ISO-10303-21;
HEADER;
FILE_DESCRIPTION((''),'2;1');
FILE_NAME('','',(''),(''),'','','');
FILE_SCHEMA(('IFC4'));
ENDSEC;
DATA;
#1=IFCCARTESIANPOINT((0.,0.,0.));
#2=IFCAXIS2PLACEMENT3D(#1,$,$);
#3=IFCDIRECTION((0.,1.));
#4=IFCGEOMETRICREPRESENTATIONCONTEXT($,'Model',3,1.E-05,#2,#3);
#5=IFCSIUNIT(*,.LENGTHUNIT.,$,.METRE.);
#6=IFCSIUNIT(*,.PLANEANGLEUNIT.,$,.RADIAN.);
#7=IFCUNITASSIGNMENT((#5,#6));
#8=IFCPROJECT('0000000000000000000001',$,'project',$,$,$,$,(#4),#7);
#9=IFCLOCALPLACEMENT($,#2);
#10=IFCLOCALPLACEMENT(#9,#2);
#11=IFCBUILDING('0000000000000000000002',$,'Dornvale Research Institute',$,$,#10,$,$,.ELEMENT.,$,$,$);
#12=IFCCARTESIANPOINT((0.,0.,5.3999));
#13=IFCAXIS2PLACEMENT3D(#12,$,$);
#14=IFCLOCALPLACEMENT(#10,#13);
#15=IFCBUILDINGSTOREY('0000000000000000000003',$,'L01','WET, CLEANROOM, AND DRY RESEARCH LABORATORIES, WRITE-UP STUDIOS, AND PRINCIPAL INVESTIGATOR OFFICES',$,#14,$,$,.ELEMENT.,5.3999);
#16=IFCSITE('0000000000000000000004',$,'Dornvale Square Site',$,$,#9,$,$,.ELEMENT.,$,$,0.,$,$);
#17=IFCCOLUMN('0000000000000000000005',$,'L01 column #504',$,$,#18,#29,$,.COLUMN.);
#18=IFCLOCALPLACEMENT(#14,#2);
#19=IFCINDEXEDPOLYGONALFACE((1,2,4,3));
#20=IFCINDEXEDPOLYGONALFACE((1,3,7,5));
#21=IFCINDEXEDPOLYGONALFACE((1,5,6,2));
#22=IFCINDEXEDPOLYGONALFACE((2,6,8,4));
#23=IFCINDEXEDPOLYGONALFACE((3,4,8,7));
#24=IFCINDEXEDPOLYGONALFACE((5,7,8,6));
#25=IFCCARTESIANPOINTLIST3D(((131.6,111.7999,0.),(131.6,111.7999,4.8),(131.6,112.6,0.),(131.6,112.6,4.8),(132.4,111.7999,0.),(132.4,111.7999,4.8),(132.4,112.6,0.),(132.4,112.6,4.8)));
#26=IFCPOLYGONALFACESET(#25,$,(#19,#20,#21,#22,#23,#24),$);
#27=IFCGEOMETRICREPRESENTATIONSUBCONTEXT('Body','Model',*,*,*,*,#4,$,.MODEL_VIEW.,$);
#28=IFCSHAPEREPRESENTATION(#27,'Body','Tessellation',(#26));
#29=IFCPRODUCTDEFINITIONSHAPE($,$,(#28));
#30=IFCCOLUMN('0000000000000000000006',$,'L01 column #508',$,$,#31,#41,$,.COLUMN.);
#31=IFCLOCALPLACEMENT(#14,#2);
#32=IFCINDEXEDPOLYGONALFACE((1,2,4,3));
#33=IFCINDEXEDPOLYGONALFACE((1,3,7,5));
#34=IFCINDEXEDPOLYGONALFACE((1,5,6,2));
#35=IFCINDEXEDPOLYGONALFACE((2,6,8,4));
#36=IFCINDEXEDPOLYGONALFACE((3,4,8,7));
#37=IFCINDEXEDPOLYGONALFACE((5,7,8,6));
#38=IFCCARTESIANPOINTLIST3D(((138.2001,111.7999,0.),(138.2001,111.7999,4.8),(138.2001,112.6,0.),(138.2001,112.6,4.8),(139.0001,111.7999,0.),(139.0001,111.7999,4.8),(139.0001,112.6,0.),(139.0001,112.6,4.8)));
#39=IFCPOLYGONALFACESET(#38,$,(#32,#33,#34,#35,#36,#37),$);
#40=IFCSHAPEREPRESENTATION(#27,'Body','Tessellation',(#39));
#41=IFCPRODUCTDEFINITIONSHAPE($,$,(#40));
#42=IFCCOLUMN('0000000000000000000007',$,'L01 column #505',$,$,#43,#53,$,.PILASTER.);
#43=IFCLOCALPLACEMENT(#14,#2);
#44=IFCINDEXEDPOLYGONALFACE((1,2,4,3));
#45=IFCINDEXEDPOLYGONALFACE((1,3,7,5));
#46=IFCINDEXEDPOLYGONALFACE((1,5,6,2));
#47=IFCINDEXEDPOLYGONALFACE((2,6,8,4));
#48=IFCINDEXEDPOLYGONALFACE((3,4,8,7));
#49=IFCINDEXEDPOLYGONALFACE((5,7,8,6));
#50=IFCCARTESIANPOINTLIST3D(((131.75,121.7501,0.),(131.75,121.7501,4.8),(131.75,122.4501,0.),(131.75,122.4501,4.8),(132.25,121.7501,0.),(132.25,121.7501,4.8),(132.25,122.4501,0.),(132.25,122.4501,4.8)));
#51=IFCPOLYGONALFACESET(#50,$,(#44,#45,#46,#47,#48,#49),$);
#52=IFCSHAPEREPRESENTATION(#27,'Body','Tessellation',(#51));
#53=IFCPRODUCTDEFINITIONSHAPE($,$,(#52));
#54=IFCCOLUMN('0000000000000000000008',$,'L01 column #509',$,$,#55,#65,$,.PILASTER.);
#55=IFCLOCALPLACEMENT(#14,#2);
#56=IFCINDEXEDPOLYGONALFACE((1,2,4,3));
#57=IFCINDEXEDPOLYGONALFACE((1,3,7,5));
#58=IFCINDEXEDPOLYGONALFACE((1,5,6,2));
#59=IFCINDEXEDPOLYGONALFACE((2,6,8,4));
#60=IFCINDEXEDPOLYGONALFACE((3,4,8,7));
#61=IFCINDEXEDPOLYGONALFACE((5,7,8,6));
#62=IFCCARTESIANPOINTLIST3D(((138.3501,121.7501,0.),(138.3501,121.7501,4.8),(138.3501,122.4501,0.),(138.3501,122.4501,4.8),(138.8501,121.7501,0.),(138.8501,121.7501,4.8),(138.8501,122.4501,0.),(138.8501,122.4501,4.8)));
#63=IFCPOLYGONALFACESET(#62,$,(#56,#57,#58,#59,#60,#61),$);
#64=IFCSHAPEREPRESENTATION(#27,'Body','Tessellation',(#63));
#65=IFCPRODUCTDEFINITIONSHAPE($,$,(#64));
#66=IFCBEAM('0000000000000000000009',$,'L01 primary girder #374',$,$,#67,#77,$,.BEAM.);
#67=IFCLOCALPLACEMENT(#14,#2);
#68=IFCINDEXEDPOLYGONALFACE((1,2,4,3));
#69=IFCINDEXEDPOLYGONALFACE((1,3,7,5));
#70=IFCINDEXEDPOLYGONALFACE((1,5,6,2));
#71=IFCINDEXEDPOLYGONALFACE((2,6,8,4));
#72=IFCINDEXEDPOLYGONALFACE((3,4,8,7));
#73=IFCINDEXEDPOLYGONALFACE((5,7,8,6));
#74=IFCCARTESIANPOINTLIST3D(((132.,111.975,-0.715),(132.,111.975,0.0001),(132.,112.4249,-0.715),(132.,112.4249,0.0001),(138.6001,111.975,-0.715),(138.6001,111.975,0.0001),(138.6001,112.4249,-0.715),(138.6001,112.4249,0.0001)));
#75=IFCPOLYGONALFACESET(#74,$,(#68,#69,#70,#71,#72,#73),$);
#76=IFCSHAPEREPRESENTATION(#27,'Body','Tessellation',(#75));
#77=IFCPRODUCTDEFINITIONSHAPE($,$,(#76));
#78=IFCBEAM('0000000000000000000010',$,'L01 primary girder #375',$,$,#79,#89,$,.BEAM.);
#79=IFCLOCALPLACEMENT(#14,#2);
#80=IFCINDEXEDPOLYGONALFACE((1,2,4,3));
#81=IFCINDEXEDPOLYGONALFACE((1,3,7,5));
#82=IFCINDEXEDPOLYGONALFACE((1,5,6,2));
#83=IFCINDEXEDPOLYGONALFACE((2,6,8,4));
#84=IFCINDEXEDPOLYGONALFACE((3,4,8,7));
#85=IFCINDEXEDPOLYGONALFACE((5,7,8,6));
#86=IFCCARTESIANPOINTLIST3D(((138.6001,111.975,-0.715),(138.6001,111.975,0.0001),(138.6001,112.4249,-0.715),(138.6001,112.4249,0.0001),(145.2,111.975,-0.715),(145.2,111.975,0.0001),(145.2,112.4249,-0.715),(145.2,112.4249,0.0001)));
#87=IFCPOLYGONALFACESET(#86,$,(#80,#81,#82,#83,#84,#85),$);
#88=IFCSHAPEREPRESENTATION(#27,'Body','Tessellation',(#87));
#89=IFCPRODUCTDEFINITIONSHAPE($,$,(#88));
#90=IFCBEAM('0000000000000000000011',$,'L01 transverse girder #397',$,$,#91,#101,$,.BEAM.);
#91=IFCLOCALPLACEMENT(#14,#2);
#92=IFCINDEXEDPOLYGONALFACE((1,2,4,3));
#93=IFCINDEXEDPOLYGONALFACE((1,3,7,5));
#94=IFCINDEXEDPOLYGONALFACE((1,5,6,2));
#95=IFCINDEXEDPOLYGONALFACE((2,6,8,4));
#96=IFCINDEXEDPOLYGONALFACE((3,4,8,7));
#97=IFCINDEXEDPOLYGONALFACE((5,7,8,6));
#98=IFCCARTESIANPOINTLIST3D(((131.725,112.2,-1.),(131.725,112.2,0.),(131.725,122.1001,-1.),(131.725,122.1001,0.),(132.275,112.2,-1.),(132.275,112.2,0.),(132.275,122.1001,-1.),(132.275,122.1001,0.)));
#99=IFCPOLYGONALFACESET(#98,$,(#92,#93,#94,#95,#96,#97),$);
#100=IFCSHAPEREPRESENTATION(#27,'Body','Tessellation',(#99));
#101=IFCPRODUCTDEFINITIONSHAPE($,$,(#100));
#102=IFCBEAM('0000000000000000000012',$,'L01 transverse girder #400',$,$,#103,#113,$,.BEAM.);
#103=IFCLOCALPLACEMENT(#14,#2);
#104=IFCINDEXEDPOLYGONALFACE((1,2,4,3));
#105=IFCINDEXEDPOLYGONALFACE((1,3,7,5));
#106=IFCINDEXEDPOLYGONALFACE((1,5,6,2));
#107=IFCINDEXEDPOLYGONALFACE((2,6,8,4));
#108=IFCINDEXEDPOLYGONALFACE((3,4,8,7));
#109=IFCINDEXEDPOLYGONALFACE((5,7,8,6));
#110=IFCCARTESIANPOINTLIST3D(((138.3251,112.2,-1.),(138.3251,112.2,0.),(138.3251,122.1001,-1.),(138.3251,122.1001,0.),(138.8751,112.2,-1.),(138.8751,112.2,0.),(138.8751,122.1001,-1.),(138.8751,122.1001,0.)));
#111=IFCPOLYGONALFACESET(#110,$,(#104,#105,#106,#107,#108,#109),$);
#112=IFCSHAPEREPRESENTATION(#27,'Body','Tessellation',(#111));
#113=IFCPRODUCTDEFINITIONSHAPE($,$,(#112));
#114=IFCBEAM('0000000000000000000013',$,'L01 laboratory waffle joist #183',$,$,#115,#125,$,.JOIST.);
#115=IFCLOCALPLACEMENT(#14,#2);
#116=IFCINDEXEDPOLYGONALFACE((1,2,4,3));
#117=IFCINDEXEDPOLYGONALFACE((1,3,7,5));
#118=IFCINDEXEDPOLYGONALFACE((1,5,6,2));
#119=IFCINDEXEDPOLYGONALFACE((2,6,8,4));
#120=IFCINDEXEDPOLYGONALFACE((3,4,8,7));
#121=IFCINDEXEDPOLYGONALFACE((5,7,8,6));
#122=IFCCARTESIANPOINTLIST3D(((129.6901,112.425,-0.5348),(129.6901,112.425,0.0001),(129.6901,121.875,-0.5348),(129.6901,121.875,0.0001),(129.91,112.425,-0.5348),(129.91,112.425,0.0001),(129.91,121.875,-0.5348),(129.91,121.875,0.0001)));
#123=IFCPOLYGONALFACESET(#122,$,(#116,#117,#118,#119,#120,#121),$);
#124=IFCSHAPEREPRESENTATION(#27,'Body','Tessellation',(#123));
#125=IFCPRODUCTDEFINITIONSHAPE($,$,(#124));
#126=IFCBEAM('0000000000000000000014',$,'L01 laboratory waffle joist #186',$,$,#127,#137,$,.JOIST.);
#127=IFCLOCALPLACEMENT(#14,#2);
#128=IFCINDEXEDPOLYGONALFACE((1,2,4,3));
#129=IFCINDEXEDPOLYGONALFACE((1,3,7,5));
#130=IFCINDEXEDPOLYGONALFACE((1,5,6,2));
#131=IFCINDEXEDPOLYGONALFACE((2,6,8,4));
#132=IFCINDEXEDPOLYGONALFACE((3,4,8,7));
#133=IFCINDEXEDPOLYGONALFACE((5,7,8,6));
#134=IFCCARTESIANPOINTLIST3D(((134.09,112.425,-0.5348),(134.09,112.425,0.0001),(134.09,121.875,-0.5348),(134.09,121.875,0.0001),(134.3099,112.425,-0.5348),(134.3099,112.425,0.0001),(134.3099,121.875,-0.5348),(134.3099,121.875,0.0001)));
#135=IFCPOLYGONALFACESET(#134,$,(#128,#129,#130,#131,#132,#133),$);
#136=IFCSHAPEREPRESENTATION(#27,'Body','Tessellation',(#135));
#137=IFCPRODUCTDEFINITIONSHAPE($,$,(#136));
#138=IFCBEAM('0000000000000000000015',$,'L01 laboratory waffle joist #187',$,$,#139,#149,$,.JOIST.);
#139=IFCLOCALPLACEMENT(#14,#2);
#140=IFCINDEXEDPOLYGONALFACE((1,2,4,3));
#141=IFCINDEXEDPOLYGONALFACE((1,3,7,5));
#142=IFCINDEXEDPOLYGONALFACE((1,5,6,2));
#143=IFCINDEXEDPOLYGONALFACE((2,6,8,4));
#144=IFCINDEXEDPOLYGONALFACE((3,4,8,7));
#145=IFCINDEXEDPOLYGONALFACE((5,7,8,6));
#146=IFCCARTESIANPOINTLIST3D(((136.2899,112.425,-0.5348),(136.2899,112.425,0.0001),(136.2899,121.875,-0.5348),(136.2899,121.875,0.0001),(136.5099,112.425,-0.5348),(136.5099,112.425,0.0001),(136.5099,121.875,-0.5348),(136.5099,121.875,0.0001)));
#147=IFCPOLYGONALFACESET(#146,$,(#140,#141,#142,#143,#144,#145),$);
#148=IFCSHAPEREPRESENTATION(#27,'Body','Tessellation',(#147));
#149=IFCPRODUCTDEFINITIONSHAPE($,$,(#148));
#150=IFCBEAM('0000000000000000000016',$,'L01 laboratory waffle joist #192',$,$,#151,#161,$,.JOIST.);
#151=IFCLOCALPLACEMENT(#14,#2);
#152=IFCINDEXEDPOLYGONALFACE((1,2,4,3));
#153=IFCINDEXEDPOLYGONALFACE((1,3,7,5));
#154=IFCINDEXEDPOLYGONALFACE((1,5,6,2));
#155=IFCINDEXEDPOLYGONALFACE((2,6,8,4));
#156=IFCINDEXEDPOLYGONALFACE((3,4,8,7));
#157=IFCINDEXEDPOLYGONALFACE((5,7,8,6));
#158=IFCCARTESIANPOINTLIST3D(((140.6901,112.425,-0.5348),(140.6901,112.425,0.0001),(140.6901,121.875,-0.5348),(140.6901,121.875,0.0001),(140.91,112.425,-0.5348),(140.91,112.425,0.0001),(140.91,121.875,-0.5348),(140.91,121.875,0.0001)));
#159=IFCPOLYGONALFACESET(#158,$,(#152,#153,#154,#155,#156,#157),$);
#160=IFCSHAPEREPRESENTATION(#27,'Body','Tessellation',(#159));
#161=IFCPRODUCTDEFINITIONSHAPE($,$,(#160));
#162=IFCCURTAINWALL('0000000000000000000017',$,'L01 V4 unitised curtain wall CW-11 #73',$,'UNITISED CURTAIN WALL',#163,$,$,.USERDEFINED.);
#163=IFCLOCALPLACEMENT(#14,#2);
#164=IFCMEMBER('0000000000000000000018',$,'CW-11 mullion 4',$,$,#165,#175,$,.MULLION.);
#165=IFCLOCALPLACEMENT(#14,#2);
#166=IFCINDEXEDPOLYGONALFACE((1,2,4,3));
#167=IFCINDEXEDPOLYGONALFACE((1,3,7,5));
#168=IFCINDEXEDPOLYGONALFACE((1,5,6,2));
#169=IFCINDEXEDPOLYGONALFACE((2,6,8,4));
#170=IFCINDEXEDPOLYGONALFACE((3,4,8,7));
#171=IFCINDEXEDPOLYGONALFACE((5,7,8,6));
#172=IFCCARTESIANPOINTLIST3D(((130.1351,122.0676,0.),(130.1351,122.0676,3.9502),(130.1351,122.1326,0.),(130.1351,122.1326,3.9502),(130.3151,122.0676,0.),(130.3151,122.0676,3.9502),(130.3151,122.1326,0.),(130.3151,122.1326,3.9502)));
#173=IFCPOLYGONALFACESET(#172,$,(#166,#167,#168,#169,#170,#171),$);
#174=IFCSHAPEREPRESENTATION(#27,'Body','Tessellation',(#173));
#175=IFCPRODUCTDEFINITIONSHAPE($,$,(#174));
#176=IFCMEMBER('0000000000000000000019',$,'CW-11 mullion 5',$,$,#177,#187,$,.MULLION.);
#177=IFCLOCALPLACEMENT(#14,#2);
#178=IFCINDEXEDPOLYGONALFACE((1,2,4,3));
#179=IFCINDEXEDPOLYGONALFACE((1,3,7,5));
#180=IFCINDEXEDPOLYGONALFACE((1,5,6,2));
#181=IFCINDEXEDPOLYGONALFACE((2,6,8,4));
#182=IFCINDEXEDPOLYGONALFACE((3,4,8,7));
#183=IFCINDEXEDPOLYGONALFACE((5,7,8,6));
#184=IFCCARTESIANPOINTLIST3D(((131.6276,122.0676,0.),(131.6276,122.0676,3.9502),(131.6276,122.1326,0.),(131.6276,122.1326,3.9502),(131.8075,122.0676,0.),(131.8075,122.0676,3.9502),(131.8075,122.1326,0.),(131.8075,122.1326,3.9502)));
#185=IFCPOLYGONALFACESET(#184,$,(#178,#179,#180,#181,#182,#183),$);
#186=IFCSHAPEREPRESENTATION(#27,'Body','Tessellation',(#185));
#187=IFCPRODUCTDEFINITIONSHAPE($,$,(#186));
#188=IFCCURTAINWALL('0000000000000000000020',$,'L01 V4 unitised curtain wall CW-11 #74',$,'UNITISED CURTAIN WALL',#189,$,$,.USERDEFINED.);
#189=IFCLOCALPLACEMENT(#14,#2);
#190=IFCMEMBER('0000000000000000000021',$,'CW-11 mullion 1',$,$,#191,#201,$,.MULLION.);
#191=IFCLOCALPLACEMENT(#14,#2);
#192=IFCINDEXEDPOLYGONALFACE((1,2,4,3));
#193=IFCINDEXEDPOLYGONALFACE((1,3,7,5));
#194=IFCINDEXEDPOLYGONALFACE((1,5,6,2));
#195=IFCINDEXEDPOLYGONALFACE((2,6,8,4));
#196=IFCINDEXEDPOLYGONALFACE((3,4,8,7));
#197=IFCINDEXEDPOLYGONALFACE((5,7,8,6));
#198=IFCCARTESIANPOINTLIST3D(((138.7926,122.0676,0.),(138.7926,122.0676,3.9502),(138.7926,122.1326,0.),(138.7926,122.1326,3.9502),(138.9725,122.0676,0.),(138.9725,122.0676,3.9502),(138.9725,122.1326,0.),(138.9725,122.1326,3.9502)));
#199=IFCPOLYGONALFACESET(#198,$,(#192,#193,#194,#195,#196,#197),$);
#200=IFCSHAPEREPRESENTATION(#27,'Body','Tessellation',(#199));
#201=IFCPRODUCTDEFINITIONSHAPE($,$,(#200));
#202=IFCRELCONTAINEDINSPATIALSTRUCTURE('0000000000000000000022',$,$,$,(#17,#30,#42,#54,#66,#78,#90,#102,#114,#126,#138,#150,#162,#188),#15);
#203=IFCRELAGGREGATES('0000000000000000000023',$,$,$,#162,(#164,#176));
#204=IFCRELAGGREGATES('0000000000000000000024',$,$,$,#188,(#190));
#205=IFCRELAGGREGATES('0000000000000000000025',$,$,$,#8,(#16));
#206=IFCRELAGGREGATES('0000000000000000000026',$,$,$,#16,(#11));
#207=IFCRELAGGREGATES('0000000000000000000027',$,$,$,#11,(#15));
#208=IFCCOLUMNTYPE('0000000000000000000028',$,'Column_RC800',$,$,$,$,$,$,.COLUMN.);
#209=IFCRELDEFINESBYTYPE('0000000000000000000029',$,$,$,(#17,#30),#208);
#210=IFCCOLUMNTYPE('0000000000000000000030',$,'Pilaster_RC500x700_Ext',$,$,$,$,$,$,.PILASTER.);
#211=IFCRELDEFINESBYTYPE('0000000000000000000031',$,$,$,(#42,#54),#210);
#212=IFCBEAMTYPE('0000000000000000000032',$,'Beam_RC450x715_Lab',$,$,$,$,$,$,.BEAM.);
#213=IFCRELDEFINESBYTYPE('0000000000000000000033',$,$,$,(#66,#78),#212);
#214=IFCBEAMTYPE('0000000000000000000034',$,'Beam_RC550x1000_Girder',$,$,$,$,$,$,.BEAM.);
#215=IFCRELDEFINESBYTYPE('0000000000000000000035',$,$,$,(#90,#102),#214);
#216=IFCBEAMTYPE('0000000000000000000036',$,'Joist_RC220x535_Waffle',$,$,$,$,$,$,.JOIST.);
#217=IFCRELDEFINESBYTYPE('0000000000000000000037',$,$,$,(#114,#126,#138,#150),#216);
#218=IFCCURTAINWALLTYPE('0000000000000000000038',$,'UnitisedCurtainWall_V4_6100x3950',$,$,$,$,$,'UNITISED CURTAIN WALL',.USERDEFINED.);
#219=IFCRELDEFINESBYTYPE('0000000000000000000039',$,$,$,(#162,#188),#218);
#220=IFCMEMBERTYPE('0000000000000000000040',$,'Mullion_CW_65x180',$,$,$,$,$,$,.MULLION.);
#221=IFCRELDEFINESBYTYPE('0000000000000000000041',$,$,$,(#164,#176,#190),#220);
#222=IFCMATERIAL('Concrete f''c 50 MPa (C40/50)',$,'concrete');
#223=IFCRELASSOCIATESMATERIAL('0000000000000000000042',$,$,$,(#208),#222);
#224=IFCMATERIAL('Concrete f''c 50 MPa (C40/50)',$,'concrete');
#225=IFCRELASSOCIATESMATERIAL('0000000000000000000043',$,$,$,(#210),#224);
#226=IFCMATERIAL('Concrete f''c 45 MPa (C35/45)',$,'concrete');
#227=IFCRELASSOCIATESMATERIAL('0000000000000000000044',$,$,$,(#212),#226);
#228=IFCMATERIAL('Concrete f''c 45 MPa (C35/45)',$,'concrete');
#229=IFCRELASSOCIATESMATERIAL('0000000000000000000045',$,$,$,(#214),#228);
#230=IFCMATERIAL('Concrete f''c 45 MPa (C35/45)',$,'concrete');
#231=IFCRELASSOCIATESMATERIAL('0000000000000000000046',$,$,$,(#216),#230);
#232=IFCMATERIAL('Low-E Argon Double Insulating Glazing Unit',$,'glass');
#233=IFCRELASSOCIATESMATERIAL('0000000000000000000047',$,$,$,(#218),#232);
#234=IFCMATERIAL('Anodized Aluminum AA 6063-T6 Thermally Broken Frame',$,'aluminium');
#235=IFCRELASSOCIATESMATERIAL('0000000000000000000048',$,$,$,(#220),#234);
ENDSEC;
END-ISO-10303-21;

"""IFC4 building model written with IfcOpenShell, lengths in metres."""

from ifc_helpers import new_model, si_unit, direction, frame, origin, origin_2d, place, context, subcontext, project, spatial, rectangle, extrude, material, material_profile, profile_set, type_object, element, aggregate, save


model = new_model("IFC4")

# Units and contexts
model_context = context("Model", 3, precision=1e-05, world=origin(), true_north=direction((0.0, 1.0)))
body_context = subcontext(model_context, "Body", "Model", "MODEL_VIEW")
ifc_project = project(units=[si_unit("LENGTHUNIT", "METRE"), si_unit("PLANEANGLEUNIT", "RADIAN")], contexts=[model_context])

# Site, building, storey
site_placement = place(None, origin())
site = spatial("IfcSite", under=ifc_project, at=site_placement, Name="Dornvale Square Site", CompositionType="ELEMENT", RefElevation=0.0)
building_placement = place(site_placement, origin())
building = spatial("IfcBuilding", under=site, at=building_placement, Name="Dornvale Research Institute", CompositionType="ELEMENT")
storey_placement = place(building_placement, frame((0.0, 0.0, 5.3999)))
storey = spatial("IfcBuildingStorey", under=building, at=storey_placement, Name="L01", Description="WET, CLEANROOM, AND DRY RESEARCH LABORATORIES, WRITE-UP STUDIOS, AND PRINCIPAL INVESTIGATOR OFFICES", CompositionType="ELEMENT", Elevation=5.3999)

# Columns
ifc_material_1 = material(Name="Concrete f'c 50 MPa (C40/50)", Category="concrete")
ifc_material_profile_1 = material_profile(ifc_material_1, rectangle(XDim=0.8, YDim=0.8, at=origin_2d()), Name="RC 800x800")
ifc_profile_set_1 = profile_set([ifc_material_profile_1], Name="Concrete f'c 50 MPa (C40/50)")
column_type_1 = type_object("IfcColumnType", Name="Column_RC800", PredefinedType="COLUMN", material=ifc_profile_set_1)
for number, where, z_axis, x_axis, name in (
    (1, (132.0, 112.2, 0.0), (0.0, 0.0, 1.0), (1.0, 0.0, 0.0), "L01 column #504"),
    (2, (138.6001, 112.2, 0.0), (0.0, 0.0, 1.0), (1.0, 0.0, 0.0), "L01 column #508"),
):
    element("IfcColumn", number, at=place(storey_placement, frame(where, z_axis=z_axis, x_axis=x_axis)), inside=storey, type_object=column_type_1, Name=name, PredefinedType="COLUMN", context=body_context, shape_type="SweptSolid", body=[
        extrude(rectangle(XDim=0.8, YDim=0.8, at=origin_2d()), origin(), (0.0, 0.0, 1.0), 4.8),
    ])
ifc_material_2 = material(Name="Concrete f'c 50 MPa (C40/50)", Category="concrete")
ifc_material_profile_2 = material_profile(ifc_material_2, rectangle(XDim=0.5, YDim=0.7, at=origin_2d()), Name="RC 500x700")
ifc_profile_set_2 = profile_set([ifc_material_profile_2], Name="Concrete f'c 50 MPa (C40/50)")
column_type_2 = type_object("IfcColumnType", Name="Pilaster_RC500x700_Ext", PredefinedType="PILASTER", material=ifc_profile_set_2)
for number, where, z_axis, x_axis, name in (
    (3, (132.0, 122.1001, 0.0), (0.0, 0.0, 1.0), (1.0, 0.0, 0.0), "L01 column #505"),
    (4, (138.6001, 122.1001, 0.0), (0.0, 0.0, 1.0), (1.0, 0.0, 0.0), "L01 column #509"),
):
    element("IfcColumn", number, at=place(storey_placement, frame(where, z_axis=z_axis, x_axis=x_axis)), inside=storey, type_object=column_type_2, Name=name, PredefinedType="PILASTER", context=body_context, shape_type="SweptSolid", body=[
        extrude(rectangle(XDim=0.5, YDim=0.7, at=origin_2d()), origin(), (0.0, 0.0, 1.0), 4.8),
    ])

# Beams
ifc_material_3 = material(Name="Concrete f'c 45 MPa (C35/45)", Category="concrete")
ifc_material_profile_3 = material_profile(ifc_material_3, rectangle(XDim=0.45, YDim=0.7151, at=origin_2d()), Name="RC 450x715")
ifc_profile_set_3 = profile_set([ifc_material_profile_3], Name="Concrete f'c 45 MPa (C35/45)")
beam_type_1 = type_object("IfcBeamType", Name="Beam_RC450x715_Lab", PredefinedType="BEAM", material=ifc_profile_set_3)
beam_1_placement = place(storey_placement, frame((132.0, 112.2, -0.3574), z_axis=(1.0, 0.0, 0.0), x_axis=(0.0, 1.0, 0.0)))
element("IfcBeam", 5, at=beam_1_placement, inside=storey, type_object=beam_type_1, Name="L01 primary girder #374", PredefinedType="BEAM", context=body_context, shape_type="SweptSolid", body=[
    extrude(rectangle(XDim=0.45, YDim=0.7151, at=origin_2d()), origin(), (0.0, 0.0, 1.0), 6.6001),
])
beam_2_placement = place(storey_placement, frame((138.6001, 112.2, -0.3574), z_axis=(1.0, 0.0, 0.0), x_axis=(0.0, 1.0, 0.0)))
element("IfcBeam", 6, at=beam_2_placement, inside=storey, type_object=beam_type_1, Name="L01 primary girder #375", PredefinedType="BEAM", context=body_context, shape_type="SweptSolid", body=[
    extrude(rectangle(XDim=0.45, YDim=0.7151, at=origin_2d()), origin(), (0.0, 0.0, 1.0), 6.5999),
])
ifc_material_4 = material(Name="Concrete f'c 45 MPa (C35/45)", Category="concrete")
ifc_material_profile_4 = material_profile(ifc_material_4, rectangle(XDim=0.55, YDim=1.0, at=origin_2d()), Name="RC 550x1000")
ifc_profile_set_4 = profile_set([ifc_material_profile_4], Name="Concrete f'c 45 MPa (C35/45)")
beam_type_2 = type_object("IfcBeamType", Name="Beam_RC550x1000_Girder", PredefinedType="BEAM", material=ifc_profile_set_4)
for number, where, z_axis, x_axis, name in (
    (7, (132.0, 112.2, -0.5), (0.0, 1.0, 0.0), (-1.0, 0.0, 0.0), "L01 transverse girder #397"),
    (8, (138.6001, 112.2, -0.5), (0.0, 1.0, 0.0), (-1.0, 0.0, 0.0), "L01 transverse girder #400"),
):
    element("IfcBeam", number, at=place(storey_placement, frame(where, z_axis=z_axis, x_axis=x_axis)), inside=storey, type_object=beam_type_2, Name=name, PredefinedType="BEAM", context=body_context, shape_type="SweptSolid", body=[
        extrude(rectangle(XDim=0.55, YDim=1.0, at=origin_2d()), origin(), (0.0, 0.0, 1.0), 9.9001),
    ])
ifc_material_5 = material(Name="Concrete f'c 45 MPa (C35/45)", Category="concrete")
ifc_material_profile_5 = material_profile(ifc_material_5, rectangle(XDim=0.22, YDim=0.5349, at=origin_2d()), Name="RC 220x535")
ifc_profile_set_5 = profile_set([ifc_material_profile_5], Name="Concrete f'c 45 MPa (C35/45)")
beam_type_3 = type_object("IfcBeamType", Name="Joist_RC220x535_Waffle", PredefinedType="JOIST", material=ifc_profile_set_5)
for number, where, z_axis, x_axis, name in (
    (9, (129.8, 112.425, -0.2673), (0.0, 1.0, 0.0), (-1.0, 0.0, 0.0), "L01 laboratory waffle joist #183"),
    (10, (134.2, 112.425, -0.2673), (0.0, 1.0, 0.0), (-1.0, 0.0, 0.0), "L01 laboratory waffle joist #186"),
    (11, (136.3999, 112.425, -0.2673), (0.0, 1.0, 0.0), (-1.0, 0.0, 0.0), "L01 laboratory waffle joist #187"),
    (12, (140.8, 112.425, -0.2673), (0.0, 1.0, 0.0), (-1.0, 0.0, 0.0), "L01 laboratory waffle joist #192"),
):
    element("IfcBeam", number, at=place(storey_placement, frame(where, z_axis=z_axis, x_axis=x_axis)), inside=storey, type_object=beam_type_3, Name=name, PredefinedType="JOIST", context=body_context, shape_type="SweptSolid", body=[
        extrude(rectangle(XDim=0.22, YDim=0.5349, at=origin_2d()), origin(), (0.0, 0.0, 1.0), 9.45),
    ])

# Curtain wall, members
ifc_material_6 = material(Name="Low-E Argon Double Insulating Glazing Unit", Category="glass")
curtain_wall_type = type_object("IfcCurtainWallType", Name="UnitisedCurtainWall_V4_6100x3950", ElementType="UNITISED CURTAIN WALL", PredefinedType="USERDEFINED", material=ifc_material_6)
curtain_wall_1_placement = place(storey_placement, origin())
curtain_wall_1 = element("IfcCurtainWall", 13, at=curtain_wall_1_placement, inside=storey, type_object=curtain_wall_type, Name="L01 V4 unitised curtain wall CW-11 #73", ObjectType="UNITISED CURTAIN WALL", PredefinedType="USERDEFINED")
ifc_material_7 = material(Name="Anodized Aluminum AA 6063-T6 Thermally Broken Frame", Category="aluminium")
ifc_material_profile_6 = material_profile(ifc_material_7, rectangle(XDim=0.0649, YDim=0.1799, at=origin_2d()), Name="ALU MULLION 65x180")
ifc_profile_set_6 = profile_set([ifc_material_profile_6], Name="Anodized Aluminum AA 6063-T6 Thermally Broken Frame")
member_type_1 = type_object("IfcMemberType", Name="Mullion_CW_65x180", PredefinedType="MULLION", material=ifc_profile_set_6)
member_1_placement = place(storey_placement, frame((130.2251, 122.1001, 0.0), z_axis=(0.0, 0.0, 1.0), x_axis=(0.0, 1.0, 0.0)))
member_1 = element("IfcMember", 14, at=member_1_placement, type_object=member_type_1, Name="CW-11 mullion 4", PredefinedType="MULLION", context=body_context, shape_type="SweptSolid", body=[
    extrude(rectangle(XDim=0.0649, YDim=0.1799, at=origin_2d()), origin(), (0.0, 0.0, 1.0), 3.9502),
])
member_2_placement = place(storey_placement, frame((131.7175, 122.1001, 0.0), z_axis=(0.0, 0.0, 1.0), x_axis=(0.0, 1.0, 0.0)))
member_2 = element("IfcMember", 15, at=member_2_placement, type_object=member_type_1, Name="CW-11 mullion 5", PredefinedType="MULLION", context=body_context, shape_type="SweptSolid", body=[
    extrude(rectangle(XDim=0.0649, YDim=0.1799, at=origin_2d()), origin(), (0.0, 0.0, 1.0), 3.9502),
])

# Curtain wall, member
curtain_wall_2_placement = place(storey_placement, origin())
curtain_wall_2 = element("IfcCurtainWall", 16, at=curtain_wall_2_placement, inside=storey, type_object=curtain_wall_type, Name="L01 V4 unitised curtain wall CW-11 #74", ObjectType="UNITISED CURTAIN WALL", PredefinedType="USERDEFINED")
member_3_placement = place(storey_placement, frame((138.8826, 122.1001, 0.0), z_axis=(0.0, 0.0, 1.0), x_axis=(0.0, 1.0, 0.0)))
member_3 = element("IfcMember", 17, at=member_3_placement, type_object=member_type_1, Name="CW-11 mullion 1", PredefinedType="MULLION", context=body_context, shape_type="SweptSolid", body=[
    extrude(rectangle(XDim=0.0649, YDim=0.1799, at=origin_2d()), origin(), (0.0, 0.0, 1.0), 3.9502),
])

aggregate(curtain_wall_1, [member_1, member_2])
aggregate(curtain_wall_2, [member_3])

save(model, "model.ifc")
